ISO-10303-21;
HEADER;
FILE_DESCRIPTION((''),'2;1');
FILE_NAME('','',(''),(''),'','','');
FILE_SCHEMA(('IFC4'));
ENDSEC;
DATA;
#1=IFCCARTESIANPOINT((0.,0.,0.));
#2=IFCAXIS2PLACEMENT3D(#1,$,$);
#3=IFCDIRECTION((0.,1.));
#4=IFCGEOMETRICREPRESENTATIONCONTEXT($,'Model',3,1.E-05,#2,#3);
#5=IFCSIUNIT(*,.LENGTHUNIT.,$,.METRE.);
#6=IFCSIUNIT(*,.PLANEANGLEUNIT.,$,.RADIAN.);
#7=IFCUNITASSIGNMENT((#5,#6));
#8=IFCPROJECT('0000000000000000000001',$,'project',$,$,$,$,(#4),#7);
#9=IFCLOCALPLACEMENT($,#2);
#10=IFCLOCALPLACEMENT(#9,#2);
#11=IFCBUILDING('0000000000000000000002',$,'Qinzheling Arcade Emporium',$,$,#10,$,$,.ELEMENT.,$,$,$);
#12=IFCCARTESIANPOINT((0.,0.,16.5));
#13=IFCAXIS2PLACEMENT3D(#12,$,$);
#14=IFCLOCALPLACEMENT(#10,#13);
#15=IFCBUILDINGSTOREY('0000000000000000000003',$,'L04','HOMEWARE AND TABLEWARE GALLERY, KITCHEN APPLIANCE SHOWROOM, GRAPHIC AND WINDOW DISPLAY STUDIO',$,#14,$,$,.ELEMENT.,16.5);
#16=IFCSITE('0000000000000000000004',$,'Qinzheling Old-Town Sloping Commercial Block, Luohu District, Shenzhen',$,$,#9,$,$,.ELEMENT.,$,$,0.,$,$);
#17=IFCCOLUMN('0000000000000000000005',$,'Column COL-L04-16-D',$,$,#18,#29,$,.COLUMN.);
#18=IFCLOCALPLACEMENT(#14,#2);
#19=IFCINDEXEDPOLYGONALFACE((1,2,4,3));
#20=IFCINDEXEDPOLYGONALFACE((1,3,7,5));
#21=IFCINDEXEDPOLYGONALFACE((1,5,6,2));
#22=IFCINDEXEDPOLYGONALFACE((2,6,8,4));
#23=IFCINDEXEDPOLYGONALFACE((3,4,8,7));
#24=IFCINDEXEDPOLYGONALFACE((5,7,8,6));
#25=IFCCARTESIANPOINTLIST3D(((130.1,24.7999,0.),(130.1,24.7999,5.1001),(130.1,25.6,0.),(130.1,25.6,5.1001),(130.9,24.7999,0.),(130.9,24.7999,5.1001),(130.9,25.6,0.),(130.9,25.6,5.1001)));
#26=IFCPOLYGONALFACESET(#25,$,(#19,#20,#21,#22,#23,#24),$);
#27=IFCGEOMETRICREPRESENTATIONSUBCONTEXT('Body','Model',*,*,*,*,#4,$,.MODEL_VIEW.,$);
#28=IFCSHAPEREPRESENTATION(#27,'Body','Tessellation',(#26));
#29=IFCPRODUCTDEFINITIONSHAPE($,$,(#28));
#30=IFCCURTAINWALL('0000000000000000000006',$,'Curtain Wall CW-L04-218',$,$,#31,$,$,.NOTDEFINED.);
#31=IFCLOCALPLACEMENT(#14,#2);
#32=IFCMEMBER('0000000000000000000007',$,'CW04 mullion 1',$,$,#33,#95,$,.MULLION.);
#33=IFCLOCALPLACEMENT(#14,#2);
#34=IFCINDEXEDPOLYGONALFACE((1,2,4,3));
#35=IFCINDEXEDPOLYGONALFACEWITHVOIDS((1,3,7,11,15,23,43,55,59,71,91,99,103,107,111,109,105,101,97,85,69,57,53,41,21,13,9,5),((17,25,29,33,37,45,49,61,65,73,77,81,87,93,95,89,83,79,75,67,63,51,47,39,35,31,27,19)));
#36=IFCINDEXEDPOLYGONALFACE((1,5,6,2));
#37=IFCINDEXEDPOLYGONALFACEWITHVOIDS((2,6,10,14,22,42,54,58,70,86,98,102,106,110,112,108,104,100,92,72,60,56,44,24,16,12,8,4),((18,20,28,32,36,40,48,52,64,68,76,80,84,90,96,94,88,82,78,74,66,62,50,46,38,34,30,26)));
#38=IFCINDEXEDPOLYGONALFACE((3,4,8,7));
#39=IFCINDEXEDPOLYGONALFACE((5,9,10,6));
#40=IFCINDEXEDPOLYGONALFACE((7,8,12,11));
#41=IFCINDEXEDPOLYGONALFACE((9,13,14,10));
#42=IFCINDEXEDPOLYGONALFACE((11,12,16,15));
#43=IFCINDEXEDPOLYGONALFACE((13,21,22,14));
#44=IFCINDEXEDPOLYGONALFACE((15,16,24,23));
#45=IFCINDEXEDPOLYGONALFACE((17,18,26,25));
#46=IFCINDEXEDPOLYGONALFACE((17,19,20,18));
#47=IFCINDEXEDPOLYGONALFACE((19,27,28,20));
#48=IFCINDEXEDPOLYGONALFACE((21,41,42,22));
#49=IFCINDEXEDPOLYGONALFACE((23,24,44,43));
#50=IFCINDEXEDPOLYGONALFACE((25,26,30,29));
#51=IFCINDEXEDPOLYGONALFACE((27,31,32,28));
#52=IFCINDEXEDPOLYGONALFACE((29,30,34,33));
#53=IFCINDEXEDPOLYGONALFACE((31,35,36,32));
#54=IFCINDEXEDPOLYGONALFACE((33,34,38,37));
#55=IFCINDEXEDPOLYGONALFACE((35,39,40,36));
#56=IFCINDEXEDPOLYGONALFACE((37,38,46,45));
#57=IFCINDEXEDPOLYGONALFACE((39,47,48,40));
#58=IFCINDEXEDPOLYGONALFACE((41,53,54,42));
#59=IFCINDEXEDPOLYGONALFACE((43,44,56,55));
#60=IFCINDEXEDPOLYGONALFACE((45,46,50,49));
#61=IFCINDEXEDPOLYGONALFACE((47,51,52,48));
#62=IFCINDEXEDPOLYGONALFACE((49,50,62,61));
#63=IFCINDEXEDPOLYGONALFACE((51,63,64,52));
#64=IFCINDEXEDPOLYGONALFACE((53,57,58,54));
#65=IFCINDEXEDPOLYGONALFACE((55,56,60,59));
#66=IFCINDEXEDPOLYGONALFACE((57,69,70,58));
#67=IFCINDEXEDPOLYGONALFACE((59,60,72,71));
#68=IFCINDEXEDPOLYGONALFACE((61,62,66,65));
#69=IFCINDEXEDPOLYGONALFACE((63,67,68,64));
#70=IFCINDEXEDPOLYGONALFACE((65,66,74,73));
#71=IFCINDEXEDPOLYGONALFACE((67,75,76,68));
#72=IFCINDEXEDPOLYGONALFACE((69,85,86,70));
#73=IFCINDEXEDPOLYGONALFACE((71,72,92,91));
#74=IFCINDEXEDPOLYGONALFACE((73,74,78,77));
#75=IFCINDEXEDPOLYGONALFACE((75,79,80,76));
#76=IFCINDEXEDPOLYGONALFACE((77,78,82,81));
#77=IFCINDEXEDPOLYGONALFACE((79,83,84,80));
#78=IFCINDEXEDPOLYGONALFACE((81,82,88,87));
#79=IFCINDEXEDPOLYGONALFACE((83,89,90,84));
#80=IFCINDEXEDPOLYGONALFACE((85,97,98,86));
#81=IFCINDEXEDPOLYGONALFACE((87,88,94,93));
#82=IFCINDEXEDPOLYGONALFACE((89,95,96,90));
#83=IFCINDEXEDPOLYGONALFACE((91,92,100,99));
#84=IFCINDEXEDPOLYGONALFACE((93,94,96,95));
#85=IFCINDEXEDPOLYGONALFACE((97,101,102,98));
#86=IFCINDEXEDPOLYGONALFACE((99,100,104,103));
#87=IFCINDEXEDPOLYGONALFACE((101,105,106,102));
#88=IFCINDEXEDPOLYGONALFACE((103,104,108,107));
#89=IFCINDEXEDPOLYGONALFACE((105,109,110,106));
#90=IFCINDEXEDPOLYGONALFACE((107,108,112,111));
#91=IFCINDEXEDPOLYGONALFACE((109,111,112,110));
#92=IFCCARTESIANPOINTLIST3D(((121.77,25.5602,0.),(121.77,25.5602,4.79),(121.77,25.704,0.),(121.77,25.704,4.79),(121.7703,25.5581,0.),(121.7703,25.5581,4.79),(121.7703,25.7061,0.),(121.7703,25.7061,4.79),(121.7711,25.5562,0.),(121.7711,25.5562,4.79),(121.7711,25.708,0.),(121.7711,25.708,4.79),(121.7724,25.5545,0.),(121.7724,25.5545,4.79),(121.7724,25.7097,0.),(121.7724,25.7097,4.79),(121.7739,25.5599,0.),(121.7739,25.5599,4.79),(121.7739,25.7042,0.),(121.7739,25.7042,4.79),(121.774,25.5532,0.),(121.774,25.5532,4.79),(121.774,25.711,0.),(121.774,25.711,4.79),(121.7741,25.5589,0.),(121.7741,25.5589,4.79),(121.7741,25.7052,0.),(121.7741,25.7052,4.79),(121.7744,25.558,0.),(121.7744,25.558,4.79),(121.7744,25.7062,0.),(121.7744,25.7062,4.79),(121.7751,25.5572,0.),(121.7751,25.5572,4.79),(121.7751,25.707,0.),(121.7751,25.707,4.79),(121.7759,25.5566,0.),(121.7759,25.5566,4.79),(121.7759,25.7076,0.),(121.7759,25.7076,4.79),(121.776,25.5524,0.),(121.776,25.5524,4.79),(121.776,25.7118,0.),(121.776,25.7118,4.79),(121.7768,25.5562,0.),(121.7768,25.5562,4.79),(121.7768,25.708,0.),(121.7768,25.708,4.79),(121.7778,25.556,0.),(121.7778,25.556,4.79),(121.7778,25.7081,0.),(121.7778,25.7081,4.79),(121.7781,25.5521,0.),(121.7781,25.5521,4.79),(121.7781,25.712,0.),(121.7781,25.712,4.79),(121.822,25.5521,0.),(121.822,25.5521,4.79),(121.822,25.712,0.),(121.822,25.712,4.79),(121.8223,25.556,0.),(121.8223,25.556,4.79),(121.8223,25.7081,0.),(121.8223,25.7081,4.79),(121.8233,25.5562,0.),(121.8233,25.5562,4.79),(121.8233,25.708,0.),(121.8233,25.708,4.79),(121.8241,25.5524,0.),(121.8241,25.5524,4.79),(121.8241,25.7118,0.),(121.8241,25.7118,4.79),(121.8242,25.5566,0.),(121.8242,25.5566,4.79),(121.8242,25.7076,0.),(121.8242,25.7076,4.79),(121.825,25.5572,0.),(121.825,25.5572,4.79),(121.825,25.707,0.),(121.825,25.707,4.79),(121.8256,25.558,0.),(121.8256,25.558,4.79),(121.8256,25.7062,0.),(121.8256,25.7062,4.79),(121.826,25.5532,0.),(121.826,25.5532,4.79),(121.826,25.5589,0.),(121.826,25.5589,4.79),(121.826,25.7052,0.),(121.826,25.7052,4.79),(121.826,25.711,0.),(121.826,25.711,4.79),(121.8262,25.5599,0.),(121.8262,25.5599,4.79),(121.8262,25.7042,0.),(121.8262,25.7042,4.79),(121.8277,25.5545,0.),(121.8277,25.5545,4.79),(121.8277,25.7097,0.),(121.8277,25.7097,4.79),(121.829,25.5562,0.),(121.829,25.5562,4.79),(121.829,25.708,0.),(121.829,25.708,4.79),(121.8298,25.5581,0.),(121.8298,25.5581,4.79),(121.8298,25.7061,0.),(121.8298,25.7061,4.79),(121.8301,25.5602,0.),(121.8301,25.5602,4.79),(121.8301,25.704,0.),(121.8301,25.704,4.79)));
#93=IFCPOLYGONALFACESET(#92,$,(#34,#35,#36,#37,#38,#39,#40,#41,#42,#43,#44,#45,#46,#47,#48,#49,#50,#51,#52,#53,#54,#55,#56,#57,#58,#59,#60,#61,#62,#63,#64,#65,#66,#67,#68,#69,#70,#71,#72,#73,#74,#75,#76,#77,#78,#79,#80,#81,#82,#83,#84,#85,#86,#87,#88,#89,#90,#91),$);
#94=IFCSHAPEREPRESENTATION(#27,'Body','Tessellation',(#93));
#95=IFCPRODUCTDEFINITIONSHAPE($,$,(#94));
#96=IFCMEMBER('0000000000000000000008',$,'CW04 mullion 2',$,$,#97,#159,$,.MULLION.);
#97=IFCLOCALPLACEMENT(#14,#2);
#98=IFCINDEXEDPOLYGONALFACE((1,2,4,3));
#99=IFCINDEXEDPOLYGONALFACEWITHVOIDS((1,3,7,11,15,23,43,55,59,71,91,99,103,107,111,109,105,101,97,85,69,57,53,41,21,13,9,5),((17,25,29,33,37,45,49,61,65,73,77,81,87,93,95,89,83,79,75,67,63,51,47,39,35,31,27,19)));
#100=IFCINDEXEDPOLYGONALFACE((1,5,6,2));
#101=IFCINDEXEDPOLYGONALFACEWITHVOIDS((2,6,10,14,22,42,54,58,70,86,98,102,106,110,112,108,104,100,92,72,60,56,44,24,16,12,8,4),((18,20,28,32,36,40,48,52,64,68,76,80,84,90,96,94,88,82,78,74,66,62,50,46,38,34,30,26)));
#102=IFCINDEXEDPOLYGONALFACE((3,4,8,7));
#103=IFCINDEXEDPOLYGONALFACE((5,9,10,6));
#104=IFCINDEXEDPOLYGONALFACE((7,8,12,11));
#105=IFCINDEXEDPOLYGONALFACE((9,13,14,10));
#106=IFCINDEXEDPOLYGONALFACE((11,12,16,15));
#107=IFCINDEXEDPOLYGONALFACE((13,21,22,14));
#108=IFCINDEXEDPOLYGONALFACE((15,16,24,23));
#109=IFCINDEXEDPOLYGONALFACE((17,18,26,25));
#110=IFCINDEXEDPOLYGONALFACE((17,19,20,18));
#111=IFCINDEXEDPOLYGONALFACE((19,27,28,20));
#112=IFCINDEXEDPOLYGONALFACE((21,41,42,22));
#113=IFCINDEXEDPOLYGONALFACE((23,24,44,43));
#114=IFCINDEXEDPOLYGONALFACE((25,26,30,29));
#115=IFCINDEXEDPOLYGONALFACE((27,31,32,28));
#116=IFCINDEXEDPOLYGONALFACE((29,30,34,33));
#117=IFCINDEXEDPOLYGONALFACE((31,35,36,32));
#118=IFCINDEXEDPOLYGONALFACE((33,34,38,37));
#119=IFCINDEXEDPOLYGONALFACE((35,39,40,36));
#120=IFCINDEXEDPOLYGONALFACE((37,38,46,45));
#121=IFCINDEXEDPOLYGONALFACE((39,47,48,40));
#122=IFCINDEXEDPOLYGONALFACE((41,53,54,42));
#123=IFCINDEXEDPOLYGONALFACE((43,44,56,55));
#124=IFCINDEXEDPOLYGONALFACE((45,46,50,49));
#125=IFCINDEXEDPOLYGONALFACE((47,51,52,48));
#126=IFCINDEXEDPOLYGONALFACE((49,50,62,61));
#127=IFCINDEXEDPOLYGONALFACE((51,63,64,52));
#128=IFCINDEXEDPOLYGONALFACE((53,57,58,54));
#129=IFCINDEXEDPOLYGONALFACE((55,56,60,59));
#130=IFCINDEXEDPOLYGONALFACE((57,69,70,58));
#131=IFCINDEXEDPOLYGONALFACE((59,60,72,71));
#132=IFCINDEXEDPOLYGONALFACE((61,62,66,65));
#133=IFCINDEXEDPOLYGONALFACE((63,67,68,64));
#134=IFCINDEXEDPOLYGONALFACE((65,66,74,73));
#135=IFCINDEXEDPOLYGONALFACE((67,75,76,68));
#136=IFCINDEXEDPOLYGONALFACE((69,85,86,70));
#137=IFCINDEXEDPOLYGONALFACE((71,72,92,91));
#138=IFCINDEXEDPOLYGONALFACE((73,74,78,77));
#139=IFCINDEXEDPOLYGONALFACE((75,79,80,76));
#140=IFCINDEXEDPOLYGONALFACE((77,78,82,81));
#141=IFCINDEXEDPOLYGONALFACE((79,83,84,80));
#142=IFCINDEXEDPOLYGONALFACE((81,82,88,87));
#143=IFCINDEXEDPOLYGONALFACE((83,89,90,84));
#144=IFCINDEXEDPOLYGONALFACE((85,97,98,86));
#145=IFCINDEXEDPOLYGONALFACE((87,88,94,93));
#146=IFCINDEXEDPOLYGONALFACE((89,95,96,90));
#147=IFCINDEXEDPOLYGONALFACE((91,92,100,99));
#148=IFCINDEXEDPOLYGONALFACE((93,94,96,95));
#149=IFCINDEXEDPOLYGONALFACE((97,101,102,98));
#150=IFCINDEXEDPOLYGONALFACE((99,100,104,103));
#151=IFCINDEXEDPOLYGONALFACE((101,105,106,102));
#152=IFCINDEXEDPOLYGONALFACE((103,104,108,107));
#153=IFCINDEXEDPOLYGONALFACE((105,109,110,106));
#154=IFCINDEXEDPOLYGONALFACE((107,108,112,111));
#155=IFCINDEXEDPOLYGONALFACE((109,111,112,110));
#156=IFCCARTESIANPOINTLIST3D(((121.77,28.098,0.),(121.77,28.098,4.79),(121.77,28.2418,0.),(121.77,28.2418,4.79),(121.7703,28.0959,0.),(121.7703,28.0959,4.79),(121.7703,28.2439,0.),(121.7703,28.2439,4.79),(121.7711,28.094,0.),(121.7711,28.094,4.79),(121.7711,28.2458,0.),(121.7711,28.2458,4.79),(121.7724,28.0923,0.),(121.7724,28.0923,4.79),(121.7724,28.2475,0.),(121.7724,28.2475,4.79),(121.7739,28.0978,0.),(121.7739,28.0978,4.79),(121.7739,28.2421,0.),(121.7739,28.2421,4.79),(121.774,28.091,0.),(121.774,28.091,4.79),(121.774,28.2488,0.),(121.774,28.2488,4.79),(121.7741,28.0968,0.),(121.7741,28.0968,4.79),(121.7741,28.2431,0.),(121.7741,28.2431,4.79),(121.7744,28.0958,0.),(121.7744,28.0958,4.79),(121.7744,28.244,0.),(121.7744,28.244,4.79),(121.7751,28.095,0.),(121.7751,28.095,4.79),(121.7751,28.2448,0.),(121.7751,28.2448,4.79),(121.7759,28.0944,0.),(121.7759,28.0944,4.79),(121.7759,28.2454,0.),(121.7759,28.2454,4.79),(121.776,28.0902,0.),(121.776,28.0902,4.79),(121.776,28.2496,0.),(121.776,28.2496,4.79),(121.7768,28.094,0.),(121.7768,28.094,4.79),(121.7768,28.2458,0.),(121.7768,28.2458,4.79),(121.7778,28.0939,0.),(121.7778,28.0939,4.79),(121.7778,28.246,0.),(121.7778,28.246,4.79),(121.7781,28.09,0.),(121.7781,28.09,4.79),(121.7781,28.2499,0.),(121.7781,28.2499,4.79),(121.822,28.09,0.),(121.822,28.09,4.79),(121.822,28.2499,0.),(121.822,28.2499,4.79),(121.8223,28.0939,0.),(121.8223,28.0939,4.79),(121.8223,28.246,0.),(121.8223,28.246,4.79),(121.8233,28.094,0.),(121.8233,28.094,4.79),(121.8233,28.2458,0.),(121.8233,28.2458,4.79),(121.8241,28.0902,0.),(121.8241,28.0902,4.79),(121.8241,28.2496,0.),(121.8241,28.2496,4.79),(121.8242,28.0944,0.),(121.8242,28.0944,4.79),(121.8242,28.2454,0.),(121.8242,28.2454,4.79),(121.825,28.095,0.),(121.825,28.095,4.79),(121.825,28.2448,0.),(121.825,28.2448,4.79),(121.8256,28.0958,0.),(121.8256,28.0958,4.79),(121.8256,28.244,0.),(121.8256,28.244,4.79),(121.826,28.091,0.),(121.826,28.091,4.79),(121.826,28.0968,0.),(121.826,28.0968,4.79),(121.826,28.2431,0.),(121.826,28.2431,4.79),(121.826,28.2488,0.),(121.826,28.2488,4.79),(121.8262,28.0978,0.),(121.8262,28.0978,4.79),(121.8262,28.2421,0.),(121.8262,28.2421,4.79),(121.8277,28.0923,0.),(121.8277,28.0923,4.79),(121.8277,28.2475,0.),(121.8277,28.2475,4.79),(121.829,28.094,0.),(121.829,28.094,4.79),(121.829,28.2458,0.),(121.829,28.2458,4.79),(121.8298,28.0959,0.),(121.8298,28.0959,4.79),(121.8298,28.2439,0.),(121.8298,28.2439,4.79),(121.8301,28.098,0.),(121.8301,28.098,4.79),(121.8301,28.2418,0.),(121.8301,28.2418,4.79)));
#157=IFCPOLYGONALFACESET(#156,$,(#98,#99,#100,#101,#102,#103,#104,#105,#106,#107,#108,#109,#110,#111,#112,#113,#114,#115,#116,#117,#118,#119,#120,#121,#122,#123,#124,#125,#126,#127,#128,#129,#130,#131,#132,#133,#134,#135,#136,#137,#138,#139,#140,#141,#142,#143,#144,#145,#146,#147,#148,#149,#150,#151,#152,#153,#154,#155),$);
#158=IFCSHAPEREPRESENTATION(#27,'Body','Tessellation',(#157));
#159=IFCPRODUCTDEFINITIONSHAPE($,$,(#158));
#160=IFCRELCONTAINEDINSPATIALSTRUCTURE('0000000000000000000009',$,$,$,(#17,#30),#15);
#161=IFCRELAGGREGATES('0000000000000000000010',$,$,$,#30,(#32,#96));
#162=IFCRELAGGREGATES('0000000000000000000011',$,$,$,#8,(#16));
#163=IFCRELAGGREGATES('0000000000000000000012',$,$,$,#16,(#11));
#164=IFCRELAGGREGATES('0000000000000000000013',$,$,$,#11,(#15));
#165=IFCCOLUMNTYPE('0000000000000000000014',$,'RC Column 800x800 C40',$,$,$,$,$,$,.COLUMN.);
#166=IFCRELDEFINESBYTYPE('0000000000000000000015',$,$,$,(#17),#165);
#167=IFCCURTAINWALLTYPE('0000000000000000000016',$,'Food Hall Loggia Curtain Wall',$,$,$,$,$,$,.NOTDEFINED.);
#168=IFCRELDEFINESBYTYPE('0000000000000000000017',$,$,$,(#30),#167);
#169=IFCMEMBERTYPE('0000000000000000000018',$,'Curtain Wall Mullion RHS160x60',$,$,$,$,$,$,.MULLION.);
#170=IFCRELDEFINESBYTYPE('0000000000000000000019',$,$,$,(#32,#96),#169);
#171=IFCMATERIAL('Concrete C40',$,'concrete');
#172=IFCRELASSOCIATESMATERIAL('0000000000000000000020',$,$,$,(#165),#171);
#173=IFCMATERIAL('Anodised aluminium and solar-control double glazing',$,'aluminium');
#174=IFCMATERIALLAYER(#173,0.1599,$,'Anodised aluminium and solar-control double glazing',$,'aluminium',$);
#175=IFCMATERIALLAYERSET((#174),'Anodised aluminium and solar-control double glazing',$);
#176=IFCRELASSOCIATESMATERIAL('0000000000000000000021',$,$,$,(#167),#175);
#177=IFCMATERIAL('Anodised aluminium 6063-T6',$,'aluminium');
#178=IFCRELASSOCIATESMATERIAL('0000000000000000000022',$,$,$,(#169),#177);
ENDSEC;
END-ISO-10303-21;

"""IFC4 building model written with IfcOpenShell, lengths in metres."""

from ifc_helpers import new_model, si_unit, direction, frame, origin, origin_2d, place, context, subcontext, project, spatial, rectangle, hollow_rectangle, extrude, material, layer, layer_set, material_profile, profile_set, type_object, element, aggregate, save


model = new_model("IFC4")

# Units and contexts
model_context = context("Model", 3, precision=1e-05, world=origin(), true_north=direction((0.0, 1.0)))
body_context = subcontext(model_context, "Body", "Model", "MODEL_VIEW")
ifc_project = project(units=[si_unit("LENGTHUNIT", "METRE"), si_unit("PLANEANGLEUNIT", "RADIAN")], contexts=[model_context])

# Site, building, storey
site_placement = place(None, origin())
site = spatial("IfcSite", under=ifc_project, at=site_placement, Name="Qinzheling Old-Town Sloping Commercial Block, Luohu District, Shenzhen", CompositionType="ELEMENT", RefElevation=0.0)
building_placement = place(site_placement, origin())
building = spatial("IfcBuilding", under=site, at=building_placement, Name="Qinzheling Arcade Emporium", CompositionType="ELEMENT")
storey_placement = place(building_placement, frame((0.0, 0.0, 16.5)))
storey = spatial("IfcBuildingStorey", under=building, at=storey_placement, Name="L04", Description="HOMEWARE AND TABLEWARE GALLERY, KITCHEN APPLIANCE SHOWROOM, GRAPHIC AND WINDOW DISPLAY STUDIO", CompositionType="ELEMENT", Elevation=16.5)

# Column
ifc_material_1 = material(Name="Concrete C40", Category="concrete")
ifc_material_profile_1 = material_profile(ifc_material_1, rectangle(XDim=0.8, YDim=0.8, at=origin_2d()), Name="RC 800x800", Category="concrete")
ifc_profile_set_1 = profile_set([ifc_material_profile_1], Name="Concrete C40")
column_type = type_object("IfcColumnType", Name="RC Column 800x800 C40", PredefinedType="COLUMN", material=ifc_profile_set_1)
column_placement = place(storey_placement, frame((130.5, 25.2, 0.0), z_axis=(0.0, 0.0, 1.0), x_axis=(1.0, 0.0, 0.0)))
element("IfcColumn", 1, at=column_placement, inside=storey, type_object=column_type, Name="Column COL-L04-16-D", PredefinedType="COLUMN", context=body_context, shape_type="SweptSolid", body=[
    extrude(rectangle(XDim=0.8, YDim=0.8, at=origin_2d()), origin(), (0.0, 0.0, 1.0), 5.1001),
])

# Curtain wall, members
ifc_material_2 = material(Name="Anodised aluminium and solar-control double glazing", Category="aluminium")
ifc_layer_1 = layer(ifc_material_2, 0.1599, Name="Anodised aluminium and solar-control double glazing", Category="aluminium")
ifc_layer_set_1 = layer_set([ifc_layer_1], Name="Anodised aluminium and solar-control double glazing")
curtain_wall_type = type_object("IfcCurtainWallType", Name="Food Hall Loggia Curtain Wall", PredefinedType="NOTDEFINED", material=ifc_layer_set_1)
curtain_wall_1_placement = place(storey_placement, origin())
curtain_wall_1 = element("IfcCurtainWall", 2, at=curtain_wall_1_placement, inside=storey, type_object=curtain_wall_type, Name="Curtain Wall CW-L04-218", PredefinedType="NOTDEFINED")
ifc_material_3 = material(Name="Anodised aluminium 6063-T6", Category="aluminium")
ifc_material_profile_2 = material_profile(ifc_material_3, hollow_rectangle(XDim=0.0601, YDim=0.1599, WallThickness=0.0039, InnerFilletRadius=0.0039, OuterFilletRadius=0.0081, at=origin_2d()), Name="RHS 160x60x4", Category="aluminium")
ifc_profile_set_2 = profile_set([ifc_material_profile_2], Name="Anodised aluminium 6063-T6")
member_type_1 = type_object("IfcMemberType", Name="Curtain Wall Mullion RHS160x60", PredefinedType="MULLION", material=ifc_profile_set_2)
member_1_placement = place(storey_placement, frame((121.8, 25.6321, 0.0), z_axis=(0.0, 0.0, 1.0), x_axis=(-1.0, 0.0, 0.0)))
member_1 = element("IfcMember", 3, at=member_1_placement, type_object=member_type_1, Name="CW04 mullion 1", PredefinedType="MULLION", context=body_context, shape_type="SweptSolid", body=[
    extrude(hollow_rectangle(XDim=0.0601, YDim=0.1599, WallThickness=0.0039, InnerFilletRadius=0.0039, OuterFilletRadius=0.0081, at=origin_2d()), origin(), (0.0, 0.0, 1.0), 4.79),
])
member_2_placement = place(storey_placement, frame((121.8, 28.1699, 0.0), z_axis=(0.0, 0.0, 1.0), x_axis=(-1.0, 0.0, 0.0)))
member_2 = element("IfcMember", 4, at=member_2_placement, type_object=member_type_1, Name="CW04 mullion 2", PredefinedType="MULLION", context=body_context, shape_type="SweptSolid", body=[
    extrude(hollow_rectangle(XDim=0.0601, YDim=0.1599, WallThickness=0.0039, InnerFilletRadius=0.0039, OuterFilletRadius=0.0081, at=origin_2d()), origin(), (0.0, 0.0, 1.0), 4.79),
])

aggregate(curtain_wall_1, [member_1, member_2])

save(model, "model.ifc")
